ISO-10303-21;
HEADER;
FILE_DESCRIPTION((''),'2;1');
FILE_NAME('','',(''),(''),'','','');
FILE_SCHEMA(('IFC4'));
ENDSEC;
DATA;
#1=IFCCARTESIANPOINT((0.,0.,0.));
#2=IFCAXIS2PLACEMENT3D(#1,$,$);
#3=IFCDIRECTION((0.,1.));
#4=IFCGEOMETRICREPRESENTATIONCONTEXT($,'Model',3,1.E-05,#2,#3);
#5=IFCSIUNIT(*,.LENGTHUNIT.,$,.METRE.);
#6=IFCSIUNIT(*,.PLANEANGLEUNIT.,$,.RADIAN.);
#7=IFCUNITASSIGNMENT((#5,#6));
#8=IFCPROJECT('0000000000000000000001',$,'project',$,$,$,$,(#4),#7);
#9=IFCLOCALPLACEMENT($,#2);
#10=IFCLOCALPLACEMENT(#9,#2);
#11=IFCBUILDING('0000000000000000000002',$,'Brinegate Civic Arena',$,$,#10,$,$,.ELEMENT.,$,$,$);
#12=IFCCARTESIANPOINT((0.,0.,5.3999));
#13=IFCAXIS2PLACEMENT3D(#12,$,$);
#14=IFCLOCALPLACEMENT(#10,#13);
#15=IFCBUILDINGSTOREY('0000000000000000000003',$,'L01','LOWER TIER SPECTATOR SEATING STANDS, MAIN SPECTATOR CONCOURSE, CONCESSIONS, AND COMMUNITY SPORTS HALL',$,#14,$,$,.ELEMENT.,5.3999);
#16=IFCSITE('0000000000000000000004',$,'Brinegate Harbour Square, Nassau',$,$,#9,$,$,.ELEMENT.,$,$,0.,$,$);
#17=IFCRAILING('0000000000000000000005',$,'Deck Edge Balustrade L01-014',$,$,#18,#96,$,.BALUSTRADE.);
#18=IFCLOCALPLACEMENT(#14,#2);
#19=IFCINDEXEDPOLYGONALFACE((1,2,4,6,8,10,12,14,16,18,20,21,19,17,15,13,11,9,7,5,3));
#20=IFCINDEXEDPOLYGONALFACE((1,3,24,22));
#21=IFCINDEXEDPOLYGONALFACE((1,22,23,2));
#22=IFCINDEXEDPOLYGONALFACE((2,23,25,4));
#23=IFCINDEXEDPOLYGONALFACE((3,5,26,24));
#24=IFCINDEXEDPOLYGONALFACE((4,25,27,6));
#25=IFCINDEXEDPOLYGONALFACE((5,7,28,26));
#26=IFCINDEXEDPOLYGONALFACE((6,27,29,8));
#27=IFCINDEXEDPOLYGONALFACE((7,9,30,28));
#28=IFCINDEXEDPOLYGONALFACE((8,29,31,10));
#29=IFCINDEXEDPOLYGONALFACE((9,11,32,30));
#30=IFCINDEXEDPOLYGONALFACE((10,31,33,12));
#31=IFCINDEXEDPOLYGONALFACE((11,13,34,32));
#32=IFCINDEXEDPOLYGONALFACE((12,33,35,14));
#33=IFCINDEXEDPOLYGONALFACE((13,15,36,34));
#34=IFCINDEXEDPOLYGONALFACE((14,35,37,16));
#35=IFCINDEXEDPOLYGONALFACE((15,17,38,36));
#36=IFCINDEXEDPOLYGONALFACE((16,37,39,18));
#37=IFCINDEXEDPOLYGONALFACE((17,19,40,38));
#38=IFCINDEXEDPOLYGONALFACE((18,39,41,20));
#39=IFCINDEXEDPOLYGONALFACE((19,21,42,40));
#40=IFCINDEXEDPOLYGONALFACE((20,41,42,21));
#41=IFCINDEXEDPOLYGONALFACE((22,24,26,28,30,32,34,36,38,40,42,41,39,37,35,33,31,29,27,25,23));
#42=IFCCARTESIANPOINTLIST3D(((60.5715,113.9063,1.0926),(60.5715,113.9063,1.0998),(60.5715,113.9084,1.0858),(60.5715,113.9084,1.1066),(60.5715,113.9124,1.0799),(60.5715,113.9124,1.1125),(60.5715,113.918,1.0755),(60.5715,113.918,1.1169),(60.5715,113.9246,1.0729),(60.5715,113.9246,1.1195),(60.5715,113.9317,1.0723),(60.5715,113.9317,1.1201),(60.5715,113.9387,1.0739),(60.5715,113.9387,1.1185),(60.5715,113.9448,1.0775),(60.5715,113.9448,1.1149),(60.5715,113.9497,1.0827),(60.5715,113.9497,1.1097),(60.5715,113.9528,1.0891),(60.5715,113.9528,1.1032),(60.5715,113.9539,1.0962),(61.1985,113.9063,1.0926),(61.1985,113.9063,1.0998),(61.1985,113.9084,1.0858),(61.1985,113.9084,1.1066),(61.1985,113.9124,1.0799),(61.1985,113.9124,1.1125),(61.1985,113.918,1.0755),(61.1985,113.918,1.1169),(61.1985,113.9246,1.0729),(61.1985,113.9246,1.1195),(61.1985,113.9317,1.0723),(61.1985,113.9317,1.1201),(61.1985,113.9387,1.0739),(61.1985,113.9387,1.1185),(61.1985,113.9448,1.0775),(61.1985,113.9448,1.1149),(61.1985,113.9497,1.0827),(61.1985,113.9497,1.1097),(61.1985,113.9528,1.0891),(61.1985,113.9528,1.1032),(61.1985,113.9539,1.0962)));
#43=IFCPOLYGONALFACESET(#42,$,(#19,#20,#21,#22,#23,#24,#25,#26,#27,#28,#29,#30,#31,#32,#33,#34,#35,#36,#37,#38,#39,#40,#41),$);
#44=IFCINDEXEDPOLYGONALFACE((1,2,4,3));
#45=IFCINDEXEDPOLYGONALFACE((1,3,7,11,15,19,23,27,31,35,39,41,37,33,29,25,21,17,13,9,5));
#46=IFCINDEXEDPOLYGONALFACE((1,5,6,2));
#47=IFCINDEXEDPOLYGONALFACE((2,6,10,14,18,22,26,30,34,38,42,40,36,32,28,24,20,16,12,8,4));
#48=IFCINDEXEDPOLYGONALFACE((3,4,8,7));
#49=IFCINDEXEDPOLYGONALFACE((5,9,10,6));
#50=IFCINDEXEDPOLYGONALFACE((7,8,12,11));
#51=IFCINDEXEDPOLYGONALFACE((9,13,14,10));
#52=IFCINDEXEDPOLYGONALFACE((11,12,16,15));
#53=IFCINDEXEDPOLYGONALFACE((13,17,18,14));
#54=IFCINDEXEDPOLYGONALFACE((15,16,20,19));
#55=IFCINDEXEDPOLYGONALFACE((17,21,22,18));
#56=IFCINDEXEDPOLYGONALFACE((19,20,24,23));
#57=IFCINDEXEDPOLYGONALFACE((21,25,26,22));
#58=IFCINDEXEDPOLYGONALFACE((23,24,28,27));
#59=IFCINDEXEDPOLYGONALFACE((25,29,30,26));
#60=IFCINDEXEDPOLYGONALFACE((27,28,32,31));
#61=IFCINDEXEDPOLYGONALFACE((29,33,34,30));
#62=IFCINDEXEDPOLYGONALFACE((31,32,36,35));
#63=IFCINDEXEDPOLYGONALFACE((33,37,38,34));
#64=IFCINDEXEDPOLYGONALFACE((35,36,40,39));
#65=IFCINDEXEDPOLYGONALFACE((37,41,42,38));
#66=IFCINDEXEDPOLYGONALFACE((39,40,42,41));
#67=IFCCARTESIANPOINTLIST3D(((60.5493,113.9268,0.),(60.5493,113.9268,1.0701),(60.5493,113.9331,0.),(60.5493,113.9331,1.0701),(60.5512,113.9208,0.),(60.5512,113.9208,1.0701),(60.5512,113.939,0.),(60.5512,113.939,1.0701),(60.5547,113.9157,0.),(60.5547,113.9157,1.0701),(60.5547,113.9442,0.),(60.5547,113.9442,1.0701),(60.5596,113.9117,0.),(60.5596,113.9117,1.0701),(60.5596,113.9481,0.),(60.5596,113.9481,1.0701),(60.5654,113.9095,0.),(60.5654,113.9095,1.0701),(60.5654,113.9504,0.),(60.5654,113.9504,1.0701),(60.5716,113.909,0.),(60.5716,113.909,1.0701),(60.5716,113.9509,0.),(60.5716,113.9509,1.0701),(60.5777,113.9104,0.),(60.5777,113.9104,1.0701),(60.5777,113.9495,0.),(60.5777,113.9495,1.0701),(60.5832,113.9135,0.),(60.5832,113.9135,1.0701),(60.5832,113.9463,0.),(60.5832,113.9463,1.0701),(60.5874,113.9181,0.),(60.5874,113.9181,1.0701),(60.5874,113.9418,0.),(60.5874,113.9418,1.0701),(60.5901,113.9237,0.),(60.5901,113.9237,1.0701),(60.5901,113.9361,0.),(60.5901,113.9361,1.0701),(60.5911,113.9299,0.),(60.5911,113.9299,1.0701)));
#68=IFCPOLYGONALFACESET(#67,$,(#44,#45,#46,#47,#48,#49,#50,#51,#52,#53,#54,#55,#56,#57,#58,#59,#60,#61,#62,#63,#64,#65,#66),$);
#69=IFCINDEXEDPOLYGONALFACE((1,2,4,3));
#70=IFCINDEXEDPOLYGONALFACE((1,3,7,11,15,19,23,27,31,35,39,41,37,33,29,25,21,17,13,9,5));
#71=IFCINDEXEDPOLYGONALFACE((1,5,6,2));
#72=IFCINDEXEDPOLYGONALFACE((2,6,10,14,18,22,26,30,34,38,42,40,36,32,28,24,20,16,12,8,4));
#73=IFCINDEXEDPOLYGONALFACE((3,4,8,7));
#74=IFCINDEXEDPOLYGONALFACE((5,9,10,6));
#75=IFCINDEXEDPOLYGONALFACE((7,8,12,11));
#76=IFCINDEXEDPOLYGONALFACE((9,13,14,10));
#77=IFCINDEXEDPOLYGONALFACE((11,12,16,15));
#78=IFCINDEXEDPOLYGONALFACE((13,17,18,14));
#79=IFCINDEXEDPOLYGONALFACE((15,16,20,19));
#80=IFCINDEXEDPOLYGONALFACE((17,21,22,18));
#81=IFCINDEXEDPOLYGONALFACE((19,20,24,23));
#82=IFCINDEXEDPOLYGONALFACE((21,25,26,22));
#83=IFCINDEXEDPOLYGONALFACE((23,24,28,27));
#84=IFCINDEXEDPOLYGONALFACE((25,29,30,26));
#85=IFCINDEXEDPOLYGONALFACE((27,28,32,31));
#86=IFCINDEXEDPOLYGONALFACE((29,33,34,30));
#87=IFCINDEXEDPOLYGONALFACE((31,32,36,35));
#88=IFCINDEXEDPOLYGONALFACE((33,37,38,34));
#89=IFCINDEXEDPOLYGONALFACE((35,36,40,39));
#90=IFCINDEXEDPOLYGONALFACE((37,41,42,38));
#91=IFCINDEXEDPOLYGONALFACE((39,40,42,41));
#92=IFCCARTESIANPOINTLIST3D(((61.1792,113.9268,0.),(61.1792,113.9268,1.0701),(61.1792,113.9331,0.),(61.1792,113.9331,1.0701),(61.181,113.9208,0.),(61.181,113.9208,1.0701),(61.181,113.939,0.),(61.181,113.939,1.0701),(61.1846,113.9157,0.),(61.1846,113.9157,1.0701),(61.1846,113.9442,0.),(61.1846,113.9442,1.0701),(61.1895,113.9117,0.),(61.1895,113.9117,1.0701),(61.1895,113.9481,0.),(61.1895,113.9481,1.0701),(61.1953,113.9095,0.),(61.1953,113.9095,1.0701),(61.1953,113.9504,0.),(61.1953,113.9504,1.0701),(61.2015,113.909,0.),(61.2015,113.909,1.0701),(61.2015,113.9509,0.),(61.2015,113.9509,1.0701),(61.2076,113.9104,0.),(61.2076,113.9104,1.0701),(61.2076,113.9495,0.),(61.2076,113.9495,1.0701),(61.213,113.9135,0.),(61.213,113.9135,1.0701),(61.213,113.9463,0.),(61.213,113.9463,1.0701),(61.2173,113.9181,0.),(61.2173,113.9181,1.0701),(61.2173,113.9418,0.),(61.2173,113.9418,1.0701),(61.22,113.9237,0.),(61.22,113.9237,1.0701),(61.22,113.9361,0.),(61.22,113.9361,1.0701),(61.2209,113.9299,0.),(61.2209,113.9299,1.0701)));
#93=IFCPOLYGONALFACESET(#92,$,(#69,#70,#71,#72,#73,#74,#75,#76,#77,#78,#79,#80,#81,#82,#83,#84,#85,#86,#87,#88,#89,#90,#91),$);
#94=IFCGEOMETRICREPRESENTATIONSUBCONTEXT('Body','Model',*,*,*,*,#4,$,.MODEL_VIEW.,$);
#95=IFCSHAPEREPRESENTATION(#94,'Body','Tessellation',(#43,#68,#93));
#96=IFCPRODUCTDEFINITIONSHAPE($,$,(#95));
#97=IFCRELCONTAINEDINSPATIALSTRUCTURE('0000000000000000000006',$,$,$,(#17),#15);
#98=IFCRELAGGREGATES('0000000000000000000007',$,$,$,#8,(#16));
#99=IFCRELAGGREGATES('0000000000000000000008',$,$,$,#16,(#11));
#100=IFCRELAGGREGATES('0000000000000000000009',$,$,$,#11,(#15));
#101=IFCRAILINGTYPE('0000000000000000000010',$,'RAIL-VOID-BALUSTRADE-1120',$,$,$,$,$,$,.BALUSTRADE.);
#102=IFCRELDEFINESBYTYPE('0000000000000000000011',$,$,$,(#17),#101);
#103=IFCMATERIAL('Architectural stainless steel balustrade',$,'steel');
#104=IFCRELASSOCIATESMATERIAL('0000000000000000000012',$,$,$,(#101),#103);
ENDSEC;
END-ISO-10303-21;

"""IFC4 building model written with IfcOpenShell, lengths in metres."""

from ifc_helpers import new_model, si_unit, direction, frame, origin, origin_2d, place, context, subcontext, project, spatial, circle, extrude, material, type_object, element, save


model = new_model("IFC4")

# Units and contexts
model_context = context("Model", 3, precision=1e-05, world=origin(), true_north=direction((0.0, 1.0)))
body_context = subcontext(model_context, "Body", "Model", "MODEL_VIEW")
ifc_project = project(units=[si_unit("LENGTHUNIT", "METRE"), si_unit("PLANEANGLEUNIT", "RADIAN")], contexts=[model_context])

# Site, building, storey
site_placement = place(None, origin())
site = spatial("IfcSite", under=ifc_project, at=site_placement, Name="Brinegate Harbour Square, Nassau", CompositionType="ELEMENT", RefElevation=0.0)
building_placement = place(site_placement, origin())
building = spatial("IfcBuilding", under=site, at=building_placement, Name="Brinegate Civic Arena", CompositionType="ELEMENT")
storey_placement = place(building_placement, frame((0.0, 0.0, 5.3999)))
storey = spatial("IfcBuildingStorey", under=building, at=storey_placement, Name="L01", Description="LOWER TIER SPECTATOR SEATING STANDS, MAIN SPECTATOR CONCOURSE, CONCESSIONS, AND COMMUNITY SPORTS HALL", CompositionType="ELEMENT", Elevation=5.3999)

# Railing
ifc_material_1 = material(Name="Architectural stainless steel balustrade", Category="steel")
railing_type_1 = type_object("IfcRailingType", Name="RAIL-VOID-BALUSTRADE-1120", PredefinedType="BALUSTRADE", material=ifc_material_1)
railing_1_placement = place(storey_placement, frame((60.5701, 113.9299, 0.0)))
element("IfcRailing", 1, at=railing_1_placement, inside=storey, type_object=railing_type_1, Name="Deck Edge Balustrade L01-014", PredefinedType="BALUSTRADE", context=body_context, shape_type="SweptSolid", body=[
    extrude(circle(Radius=0.0239, at=origin_2d()), frame((0.0015, 0.0, 1.0962), z_axis=(1.0, 0.0, 0.0), x_axis=(0.0, 1.0, 0.0)), (0.0, 0.0, 1.0), 0.627),
    extrude(circle(Radius=0.021, at=origin_2d()), origin(), (0.0, 0.0, 1.0), 1.0701),
    extrude(circle(Radius=0.021, at=origin_2d()), frame((0.6299, 0.0, 0.0)), (0.0, 0.0, 1.0), 1.0701),
])

save(model, "model.ifc")
